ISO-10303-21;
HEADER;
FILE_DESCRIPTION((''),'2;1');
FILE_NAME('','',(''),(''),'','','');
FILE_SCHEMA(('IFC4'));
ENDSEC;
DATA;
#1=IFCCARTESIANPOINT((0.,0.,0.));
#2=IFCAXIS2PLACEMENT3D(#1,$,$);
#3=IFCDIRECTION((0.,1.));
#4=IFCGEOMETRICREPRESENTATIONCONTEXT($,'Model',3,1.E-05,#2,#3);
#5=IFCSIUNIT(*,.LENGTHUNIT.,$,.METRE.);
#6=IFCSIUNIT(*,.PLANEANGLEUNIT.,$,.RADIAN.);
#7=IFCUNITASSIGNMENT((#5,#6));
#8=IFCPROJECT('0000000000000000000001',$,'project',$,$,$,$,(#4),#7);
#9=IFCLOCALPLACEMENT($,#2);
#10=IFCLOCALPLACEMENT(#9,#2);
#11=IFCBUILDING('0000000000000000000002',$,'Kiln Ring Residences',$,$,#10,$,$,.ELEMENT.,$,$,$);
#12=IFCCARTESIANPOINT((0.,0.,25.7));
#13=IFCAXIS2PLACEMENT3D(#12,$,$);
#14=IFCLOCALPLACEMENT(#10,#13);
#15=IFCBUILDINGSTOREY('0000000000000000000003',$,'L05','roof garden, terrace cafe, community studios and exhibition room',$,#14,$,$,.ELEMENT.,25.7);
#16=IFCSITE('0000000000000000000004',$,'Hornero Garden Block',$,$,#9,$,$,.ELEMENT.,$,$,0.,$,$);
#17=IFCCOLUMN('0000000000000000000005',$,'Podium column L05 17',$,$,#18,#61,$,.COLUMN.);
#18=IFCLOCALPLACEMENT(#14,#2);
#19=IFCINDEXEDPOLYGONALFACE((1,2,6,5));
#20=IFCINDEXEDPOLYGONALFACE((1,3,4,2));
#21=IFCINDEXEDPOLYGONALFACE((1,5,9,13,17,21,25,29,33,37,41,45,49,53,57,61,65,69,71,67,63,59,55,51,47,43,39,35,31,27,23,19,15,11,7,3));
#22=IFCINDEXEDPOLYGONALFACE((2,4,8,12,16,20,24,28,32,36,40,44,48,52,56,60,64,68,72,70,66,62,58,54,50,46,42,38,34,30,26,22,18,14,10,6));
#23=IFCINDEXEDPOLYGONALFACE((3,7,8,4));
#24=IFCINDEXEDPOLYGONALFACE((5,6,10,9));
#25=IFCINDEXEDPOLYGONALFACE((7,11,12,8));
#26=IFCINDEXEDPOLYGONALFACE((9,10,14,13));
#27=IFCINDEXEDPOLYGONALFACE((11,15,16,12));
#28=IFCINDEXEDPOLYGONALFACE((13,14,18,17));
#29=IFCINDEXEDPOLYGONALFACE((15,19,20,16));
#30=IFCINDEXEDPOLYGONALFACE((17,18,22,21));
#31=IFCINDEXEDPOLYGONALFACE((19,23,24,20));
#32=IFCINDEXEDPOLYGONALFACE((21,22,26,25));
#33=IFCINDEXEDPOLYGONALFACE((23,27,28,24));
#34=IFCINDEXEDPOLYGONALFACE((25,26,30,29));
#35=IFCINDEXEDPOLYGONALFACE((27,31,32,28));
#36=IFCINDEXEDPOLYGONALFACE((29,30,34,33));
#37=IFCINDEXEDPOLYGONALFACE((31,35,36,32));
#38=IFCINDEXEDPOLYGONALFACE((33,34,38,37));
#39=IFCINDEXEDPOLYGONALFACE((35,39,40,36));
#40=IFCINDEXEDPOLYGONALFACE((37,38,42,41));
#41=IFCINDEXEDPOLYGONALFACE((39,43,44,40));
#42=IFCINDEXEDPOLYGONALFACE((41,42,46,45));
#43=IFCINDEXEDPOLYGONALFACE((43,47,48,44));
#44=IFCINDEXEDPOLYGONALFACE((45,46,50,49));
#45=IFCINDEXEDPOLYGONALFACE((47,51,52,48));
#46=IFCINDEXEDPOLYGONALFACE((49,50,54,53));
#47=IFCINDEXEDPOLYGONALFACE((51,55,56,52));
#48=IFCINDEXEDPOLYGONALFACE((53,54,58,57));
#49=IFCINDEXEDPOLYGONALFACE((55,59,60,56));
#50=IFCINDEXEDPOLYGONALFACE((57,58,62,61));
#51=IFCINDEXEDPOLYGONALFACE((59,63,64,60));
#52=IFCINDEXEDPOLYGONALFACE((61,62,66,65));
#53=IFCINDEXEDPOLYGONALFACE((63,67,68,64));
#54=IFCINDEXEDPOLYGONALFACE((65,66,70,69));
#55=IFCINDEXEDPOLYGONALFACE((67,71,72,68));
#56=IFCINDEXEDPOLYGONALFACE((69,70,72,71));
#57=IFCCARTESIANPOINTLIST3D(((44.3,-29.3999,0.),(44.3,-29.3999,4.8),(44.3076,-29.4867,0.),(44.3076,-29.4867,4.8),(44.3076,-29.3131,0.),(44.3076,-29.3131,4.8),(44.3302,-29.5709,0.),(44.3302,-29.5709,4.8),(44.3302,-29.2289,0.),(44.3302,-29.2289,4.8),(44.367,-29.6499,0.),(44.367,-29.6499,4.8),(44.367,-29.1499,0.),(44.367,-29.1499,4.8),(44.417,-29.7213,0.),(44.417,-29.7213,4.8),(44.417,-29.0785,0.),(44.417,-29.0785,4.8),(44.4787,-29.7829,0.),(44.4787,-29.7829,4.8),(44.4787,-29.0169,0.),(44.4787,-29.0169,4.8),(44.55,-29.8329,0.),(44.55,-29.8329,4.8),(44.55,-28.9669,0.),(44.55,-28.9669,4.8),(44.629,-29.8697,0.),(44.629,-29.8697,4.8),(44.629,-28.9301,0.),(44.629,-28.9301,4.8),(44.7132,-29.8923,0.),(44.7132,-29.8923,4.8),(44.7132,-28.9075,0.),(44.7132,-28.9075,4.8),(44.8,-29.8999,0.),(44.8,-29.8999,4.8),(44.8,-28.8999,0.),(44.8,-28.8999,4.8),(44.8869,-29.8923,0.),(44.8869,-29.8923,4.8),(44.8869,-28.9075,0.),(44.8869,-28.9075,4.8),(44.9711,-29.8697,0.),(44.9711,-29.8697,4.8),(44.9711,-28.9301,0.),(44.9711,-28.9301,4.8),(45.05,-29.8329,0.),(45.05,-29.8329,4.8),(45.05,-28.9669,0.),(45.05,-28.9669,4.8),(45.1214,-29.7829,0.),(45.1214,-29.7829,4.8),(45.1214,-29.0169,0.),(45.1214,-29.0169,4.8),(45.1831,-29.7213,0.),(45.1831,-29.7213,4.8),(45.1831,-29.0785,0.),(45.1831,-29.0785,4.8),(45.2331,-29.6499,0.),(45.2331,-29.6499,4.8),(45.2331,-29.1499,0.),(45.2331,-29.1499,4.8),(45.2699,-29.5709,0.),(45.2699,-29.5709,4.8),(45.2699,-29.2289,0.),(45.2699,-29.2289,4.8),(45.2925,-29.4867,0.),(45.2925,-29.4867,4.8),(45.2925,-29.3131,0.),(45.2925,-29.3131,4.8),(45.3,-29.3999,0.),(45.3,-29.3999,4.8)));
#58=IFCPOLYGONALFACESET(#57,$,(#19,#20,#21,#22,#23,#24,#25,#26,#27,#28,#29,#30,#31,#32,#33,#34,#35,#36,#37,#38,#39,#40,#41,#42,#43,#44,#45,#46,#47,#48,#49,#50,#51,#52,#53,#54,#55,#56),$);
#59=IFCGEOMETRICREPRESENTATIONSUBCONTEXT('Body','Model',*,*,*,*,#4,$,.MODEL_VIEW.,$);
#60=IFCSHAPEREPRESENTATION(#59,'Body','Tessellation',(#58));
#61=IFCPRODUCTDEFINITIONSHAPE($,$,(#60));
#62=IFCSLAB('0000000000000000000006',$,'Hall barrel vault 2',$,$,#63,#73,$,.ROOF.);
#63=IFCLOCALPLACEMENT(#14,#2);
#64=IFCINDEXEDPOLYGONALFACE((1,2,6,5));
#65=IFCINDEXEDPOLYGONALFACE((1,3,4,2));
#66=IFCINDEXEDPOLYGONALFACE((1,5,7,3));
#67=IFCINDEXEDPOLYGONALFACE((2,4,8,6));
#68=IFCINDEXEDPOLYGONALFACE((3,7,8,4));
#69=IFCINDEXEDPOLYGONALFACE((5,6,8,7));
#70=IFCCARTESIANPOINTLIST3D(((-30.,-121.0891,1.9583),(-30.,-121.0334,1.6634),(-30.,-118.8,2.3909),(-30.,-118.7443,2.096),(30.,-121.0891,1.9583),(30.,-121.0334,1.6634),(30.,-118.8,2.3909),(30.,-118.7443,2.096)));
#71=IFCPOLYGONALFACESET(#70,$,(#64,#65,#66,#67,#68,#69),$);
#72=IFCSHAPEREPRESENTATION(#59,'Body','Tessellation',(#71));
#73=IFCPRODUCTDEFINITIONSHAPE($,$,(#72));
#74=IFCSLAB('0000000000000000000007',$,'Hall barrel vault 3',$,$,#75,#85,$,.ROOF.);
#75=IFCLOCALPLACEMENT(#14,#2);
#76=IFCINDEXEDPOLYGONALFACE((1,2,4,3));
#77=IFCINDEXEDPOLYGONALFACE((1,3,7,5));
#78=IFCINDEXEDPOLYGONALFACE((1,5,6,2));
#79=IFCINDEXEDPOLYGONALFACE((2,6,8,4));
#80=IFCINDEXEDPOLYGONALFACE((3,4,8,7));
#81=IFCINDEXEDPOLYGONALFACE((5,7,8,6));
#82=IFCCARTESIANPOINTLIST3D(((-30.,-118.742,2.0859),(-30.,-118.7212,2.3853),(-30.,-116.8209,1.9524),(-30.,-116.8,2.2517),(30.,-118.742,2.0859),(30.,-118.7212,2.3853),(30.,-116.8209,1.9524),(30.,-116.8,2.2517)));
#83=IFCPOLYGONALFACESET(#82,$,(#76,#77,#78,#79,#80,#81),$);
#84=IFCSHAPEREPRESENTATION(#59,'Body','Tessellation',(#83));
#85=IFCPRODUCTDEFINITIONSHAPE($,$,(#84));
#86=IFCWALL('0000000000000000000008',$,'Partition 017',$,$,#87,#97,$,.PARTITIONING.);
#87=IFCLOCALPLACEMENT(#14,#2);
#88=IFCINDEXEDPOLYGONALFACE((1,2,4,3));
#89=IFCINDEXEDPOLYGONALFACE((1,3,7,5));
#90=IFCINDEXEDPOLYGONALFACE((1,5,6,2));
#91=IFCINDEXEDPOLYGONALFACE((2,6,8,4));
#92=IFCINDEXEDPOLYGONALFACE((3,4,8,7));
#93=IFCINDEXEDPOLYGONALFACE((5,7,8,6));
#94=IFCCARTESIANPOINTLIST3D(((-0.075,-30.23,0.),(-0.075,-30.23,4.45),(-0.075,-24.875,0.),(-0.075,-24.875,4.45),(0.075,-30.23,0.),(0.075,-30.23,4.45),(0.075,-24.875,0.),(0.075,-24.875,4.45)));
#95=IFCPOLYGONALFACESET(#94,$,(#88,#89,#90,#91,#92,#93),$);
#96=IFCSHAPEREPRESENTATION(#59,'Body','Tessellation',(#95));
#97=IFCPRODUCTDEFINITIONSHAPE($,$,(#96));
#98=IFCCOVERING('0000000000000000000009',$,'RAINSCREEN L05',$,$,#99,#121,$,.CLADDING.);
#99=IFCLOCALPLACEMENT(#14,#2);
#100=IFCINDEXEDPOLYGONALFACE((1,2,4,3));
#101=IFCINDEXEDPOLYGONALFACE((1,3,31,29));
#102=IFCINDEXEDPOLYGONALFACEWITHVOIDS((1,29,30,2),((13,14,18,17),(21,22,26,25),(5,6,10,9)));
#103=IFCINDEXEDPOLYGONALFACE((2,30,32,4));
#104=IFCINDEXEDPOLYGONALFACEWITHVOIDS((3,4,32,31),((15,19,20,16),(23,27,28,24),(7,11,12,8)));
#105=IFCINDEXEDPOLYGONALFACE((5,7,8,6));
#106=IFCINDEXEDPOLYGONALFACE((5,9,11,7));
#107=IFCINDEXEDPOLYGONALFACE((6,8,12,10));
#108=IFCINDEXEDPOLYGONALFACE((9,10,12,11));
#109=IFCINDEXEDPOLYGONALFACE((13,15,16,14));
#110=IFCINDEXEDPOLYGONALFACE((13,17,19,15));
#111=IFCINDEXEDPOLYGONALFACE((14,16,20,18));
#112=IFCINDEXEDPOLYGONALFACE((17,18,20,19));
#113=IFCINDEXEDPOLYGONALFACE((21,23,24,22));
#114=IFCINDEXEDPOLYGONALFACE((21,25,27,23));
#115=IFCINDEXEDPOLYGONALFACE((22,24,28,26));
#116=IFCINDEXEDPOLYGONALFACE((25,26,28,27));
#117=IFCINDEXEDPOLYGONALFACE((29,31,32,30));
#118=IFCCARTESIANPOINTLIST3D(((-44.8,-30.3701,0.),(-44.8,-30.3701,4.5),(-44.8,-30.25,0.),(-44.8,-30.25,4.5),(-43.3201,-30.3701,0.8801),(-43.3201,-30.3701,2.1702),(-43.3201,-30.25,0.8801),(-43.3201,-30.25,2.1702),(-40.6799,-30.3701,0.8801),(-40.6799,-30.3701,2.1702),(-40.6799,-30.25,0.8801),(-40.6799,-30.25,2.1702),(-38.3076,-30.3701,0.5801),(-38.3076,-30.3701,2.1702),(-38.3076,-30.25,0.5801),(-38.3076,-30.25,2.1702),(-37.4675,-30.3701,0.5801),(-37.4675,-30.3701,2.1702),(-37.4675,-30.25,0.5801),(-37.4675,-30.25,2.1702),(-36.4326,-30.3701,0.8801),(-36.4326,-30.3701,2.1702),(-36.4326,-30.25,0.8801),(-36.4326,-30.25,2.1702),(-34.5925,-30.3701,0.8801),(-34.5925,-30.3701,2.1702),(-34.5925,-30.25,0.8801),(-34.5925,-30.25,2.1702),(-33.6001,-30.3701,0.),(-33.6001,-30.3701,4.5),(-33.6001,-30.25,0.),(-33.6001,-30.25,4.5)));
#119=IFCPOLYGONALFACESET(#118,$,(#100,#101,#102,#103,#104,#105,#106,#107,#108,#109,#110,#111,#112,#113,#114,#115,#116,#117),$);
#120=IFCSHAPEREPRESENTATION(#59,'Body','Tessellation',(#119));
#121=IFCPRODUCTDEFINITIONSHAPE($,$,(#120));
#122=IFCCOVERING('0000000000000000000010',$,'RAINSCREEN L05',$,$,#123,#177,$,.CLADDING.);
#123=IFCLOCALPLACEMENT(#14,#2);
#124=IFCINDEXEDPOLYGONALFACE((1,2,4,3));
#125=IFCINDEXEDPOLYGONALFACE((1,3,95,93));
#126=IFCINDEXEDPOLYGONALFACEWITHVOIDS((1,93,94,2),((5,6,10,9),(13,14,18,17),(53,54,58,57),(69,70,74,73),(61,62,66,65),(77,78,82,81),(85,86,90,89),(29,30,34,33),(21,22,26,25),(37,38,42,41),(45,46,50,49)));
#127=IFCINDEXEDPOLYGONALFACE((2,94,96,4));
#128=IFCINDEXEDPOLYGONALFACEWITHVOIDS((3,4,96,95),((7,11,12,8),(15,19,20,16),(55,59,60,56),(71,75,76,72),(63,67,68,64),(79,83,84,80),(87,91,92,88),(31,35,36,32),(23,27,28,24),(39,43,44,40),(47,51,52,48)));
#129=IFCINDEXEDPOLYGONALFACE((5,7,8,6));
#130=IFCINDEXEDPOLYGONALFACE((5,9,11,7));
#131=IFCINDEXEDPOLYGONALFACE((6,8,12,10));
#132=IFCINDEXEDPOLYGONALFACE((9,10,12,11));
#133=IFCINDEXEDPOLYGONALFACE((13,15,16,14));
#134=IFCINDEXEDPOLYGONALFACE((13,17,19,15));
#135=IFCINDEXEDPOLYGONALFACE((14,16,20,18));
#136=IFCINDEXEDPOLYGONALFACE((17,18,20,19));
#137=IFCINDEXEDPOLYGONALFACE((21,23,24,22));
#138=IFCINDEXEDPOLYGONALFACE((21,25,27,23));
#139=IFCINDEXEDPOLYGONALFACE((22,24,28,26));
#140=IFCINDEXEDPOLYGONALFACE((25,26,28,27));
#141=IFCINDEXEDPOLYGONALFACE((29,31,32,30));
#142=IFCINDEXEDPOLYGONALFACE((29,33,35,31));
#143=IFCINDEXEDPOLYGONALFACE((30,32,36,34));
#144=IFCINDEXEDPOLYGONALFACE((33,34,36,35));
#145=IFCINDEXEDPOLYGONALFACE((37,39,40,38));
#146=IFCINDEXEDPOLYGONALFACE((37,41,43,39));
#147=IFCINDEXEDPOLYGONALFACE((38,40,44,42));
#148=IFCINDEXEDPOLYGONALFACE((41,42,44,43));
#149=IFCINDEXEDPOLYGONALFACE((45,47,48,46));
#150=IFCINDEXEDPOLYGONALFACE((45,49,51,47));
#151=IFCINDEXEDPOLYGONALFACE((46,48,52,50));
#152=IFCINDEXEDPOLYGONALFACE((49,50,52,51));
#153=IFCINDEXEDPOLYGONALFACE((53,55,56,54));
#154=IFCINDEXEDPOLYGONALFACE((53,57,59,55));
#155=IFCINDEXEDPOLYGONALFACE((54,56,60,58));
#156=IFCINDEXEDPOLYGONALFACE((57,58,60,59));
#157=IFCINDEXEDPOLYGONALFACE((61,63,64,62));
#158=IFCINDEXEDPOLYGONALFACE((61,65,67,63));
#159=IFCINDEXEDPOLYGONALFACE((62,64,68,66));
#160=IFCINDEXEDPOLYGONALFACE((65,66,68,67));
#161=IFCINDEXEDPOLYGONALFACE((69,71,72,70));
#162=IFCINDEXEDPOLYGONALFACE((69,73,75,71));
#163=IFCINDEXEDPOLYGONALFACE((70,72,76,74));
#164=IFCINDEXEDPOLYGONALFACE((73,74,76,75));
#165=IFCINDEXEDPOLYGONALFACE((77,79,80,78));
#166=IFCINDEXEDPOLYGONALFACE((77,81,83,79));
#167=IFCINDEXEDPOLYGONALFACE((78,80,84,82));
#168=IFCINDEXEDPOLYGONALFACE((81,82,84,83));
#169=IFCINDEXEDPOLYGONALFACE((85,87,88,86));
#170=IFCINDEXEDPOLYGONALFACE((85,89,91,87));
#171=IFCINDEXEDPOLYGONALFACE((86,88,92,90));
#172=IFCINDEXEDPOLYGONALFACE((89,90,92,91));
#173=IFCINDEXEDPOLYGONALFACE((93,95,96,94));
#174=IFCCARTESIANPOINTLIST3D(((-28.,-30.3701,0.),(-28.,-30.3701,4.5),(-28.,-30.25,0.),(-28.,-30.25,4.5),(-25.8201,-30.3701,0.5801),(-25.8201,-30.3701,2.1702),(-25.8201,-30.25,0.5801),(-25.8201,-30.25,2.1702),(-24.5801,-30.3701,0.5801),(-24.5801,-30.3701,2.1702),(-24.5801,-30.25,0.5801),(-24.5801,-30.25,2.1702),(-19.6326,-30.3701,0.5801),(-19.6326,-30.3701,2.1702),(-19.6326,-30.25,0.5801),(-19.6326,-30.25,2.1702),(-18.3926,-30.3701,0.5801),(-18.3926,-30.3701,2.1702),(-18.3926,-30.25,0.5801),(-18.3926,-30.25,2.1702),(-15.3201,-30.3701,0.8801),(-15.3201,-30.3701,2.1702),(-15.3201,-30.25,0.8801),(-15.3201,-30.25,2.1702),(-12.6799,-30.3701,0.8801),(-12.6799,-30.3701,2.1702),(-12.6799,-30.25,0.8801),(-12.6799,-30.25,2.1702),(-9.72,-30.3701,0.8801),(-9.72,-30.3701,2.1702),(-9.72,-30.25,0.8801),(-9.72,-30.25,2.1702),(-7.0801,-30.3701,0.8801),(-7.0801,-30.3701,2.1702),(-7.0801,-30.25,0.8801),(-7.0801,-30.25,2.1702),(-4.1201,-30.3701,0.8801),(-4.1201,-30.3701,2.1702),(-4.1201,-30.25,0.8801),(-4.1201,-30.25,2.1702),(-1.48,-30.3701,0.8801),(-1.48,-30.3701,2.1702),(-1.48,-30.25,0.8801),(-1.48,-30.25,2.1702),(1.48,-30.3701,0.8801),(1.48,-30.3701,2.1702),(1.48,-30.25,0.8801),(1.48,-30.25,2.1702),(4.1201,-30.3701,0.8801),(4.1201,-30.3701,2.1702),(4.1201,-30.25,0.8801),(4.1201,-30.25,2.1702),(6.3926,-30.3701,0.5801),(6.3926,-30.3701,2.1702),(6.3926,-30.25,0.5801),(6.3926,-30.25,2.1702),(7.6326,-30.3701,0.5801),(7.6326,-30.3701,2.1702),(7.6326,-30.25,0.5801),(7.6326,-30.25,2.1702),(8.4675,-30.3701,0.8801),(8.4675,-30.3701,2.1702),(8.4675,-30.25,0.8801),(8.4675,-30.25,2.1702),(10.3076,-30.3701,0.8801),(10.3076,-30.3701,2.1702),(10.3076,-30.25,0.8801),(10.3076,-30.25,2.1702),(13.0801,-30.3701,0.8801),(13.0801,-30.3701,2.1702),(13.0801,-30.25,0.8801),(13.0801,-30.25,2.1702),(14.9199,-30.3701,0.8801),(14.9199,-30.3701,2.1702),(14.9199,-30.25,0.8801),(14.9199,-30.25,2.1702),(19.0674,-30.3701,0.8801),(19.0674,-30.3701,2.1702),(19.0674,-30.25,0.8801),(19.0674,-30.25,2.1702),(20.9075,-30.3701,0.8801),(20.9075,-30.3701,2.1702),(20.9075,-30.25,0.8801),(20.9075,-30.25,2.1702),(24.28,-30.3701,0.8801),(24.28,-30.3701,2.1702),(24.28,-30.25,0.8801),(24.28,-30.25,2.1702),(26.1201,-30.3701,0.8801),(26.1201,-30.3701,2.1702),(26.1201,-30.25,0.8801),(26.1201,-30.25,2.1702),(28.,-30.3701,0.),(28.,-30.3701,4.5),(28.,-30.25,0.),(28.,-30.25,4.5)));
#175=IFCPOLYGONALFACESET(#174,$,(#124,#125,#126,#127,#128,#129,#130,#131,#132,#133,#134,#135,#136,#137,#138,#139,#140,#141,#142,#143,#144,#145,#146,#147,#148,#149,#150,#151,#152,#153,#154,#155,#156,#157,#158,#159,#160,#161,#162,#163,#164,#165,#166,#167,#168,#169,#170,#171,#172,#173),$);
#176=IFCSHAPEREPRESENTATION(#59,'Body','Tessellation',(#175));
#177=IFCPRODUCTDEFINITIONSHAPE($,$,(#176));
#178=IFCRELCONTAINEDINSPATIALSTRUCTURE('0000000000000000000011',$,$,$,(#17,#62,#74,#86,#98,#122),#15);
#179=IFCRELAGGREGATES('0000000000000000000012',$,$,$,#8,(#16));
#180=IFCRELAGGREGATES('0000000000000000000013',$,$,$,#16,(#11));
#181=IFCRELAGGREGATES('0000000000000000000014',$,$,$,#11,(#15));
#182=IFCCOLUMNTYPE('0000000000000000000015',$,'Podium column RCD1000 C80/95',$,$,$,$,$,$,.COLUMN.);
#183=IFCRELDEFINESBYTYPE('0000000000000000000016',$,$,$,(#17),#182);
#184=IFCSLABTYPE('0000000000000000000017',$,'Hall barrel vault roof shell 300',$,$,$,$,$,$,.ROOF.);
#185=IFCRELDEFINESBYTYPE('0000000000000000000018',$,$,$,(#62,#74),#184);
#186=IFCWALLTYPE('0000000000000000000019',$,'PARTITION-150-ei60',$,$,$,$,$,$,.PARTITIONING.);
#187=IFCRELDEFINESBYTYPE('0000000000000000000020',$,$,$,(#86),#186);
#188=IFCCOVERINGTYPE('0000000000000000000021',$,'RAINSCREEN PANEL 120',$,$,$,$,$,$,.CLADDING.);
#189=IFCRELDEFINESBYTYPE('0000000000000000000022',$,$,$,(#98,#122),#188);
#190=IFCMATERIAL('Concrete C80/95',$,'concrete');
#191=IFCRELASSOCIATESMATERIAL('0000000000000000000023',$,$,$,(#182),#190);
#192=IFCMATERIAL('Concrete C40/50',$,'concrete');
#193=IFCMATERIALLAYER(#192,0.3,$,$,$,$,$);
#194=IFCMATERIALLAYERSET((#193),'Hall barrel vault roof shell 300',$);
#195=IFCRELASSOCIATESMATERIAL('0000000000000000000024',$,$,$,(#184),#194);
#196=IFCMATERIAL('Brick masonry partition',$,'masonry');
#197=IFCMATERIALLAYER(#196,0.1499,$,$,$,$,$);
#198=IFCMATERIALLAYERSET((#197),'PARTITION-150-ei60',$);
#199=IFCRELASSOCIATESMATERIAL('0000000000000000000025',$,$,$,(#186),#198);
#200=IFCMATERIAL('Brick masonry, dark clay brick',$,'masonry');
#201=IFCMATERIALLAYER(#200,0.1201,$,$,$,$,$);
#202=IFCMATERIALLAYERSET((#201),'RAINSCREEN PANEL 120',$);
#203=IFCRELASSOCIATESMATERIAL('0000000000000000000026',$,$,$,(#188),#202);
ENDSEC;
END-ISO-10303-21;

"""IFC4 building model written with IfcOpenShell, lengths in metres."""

from ifc_helpers import new_model, si_unit, direction, frame, frame_2d, origin, origin_2d, place, context, subcontext, project, spatial, polyline, rectangle, circle, outline, extrude, material, layer, layer_set, material_profile, profile_set, type_object, element, save


model = new_model("IFC4")

# Units and contexts
model_context = context("Model", 3, precision=1e-05, world=origin(), true_north=direction((0.0, 1.0)))
body_context = subcontext(model_context, "Body", "Model", "MODEL_VIEW")
ifc_project = project(units=[si_unit("LENGTHUNIT", "METRE"), si_unit("PLANEANGLEUNIT", "RADIAN")], contexts=[model_context])

# Site, building, storey
site_placement = place(None, origin())
site = spatial("IfcSite", under=ifc_project, at=site_placement, Name="Hornero Garden Block", CompositionType="ELEMENT", RefElevation=0.0)
building_placement = place(site_placement, origin())
building = spatial("IfcBuilding", under=site, at=building_placement, Name="Kiln Ring Residences", CompositionType="ELEMENT")
storey_placement = place(building_placement, frame((0.0, 0.0, 25.7)))
storey = spatial("IfcBuildingStorey", under=building, at=storey_placement, Name="L05", Description="roof garden, terrace cafe, community studios and exhibition room", CompositionType="ELEMENT", Elevation=25.7)

# Column
ifc_material_1 = material(Name="Concrete C80/95", Category="concrete")
ifc_material_profile = material_profile(ifc_material_1, circle(Radius=0.5, at=origin_2d()), Name="RCD1000")
ifc_profile_set = profile_set([ifc_material_profile], Name="Concrete C80/95")
column_type = type_object("IfcColumnType", Name="Podium column RCD1000 C80/95", PredefinedType="COLUMN", material=ifc_profile_set)
for number, where, z_axis, x_axis, name in (
    (1, (44.8, -29.3999, 0.0), (0.0, 0.0, 1.0), (1.0, 0.0, 0.0), "Podium column L05 17"),
):
    element("IfcColumn", number, at=place(storey_placement, frame(where, z_axis=z_axis, x_axis=x_axis)), inside=storey, type_object=column_type, Name=name, PredefinedType="COLUMN", context=body_context, shape_type="SweptSolid", body=[
        extrude(circle(Radius=0.5, at=origin_2d()), origin(), (0.0, 0.0, 1.0), 4.8),
    ])

# Slabs
ifc_material_2 = material(Name="Concrete C40/50", Category="concrete")
ifc_layer_1 = layer(ifc_material_2, 0.3)
ifc_layer_set_1 = layer_set([ifc_layer_1], Name="Hall barrel vault roof shell 300")
slab_type = type_object("IfcSlabType", Name="Hall barrel vault roof shell 300", PredefinedType="ROOF", material=ifc_layer_set_1)
slab_1_placement = place(storey_placement, frame((-30.0, -121.0891, 1.9583), z_axis=(0.0, -0.185706, 0.982605), x_axis=(1.0, 0.0, 0.0)))
element("IfcSlab", 2, at=slab_1_placement, inside=storey, type_object=slab_type, Name="Hall barrel vault 2", PredefinedType="ROOF", context=body_context, shape_type="SweptSolid", body=[
    extrude(outline(polyline([(0.0, 0.0), (60.0, 0.0), (60.0, 2.3296), (0.0, 2.3296), (0.0, 0.0)])), origin(), (0.0, 0.0, -1.0), 0.3),
])
slab_2_placement = place(storey_placement, frame((-30.0, -118.7212, 2.3853), z_axis=(0.0, 0.069346, 0.997593), x_axis=(1.0, 0.0, 0.0)))
element("IfcSlab", 3, at=slab_2_placement, inside=storey, type_object=slab_type, Name="Hall barrel vault 3", PredefinedType="ROOF", context=body_context, shape_type="SweptSolid", body=[
    extrude(outline(polyline([(0.0, 0.0), (60.0, 0.0), (60.0, 1.9258), (0.0, 1.9258), (0.0, 0.0)])), origin(), (0.0, 0.0, -1.0), 0.3),
])

# Wall
ifc_material_3 = material(Name="Brick masonry partition", Category="masonry")
ifc_layer_2 = layer(ifc_material_3, 0.1499)
ifc_layer_set_2 = layer_set([ifc_layer_2], Name="PARTITION-150-ei60")
wall_type = type_object("IfcWallType", Name="PARTITION-150-ei60", PredefinedType="PARTITIONING", material=ifc_layer_set_2)
wall_placement = place(storey_placement, frame((0.0, -30.23, 0.0), z_axis=(0.0, 0.0, 1.0), x_axis=(0.0, 1.0, 0.0)))
element("IfcWall", 4, at=wall_placement, inside=storey, type_object=wall_type, Name="Partition 017", PredefinedType="PARTITIONING", context=body_context, shape_type="SweptSolid", body=[
    extrude(rectangle(XDim=5.355, YDim=0.1499, at=frame_2d((2.6775, 0.0))), origin(), (0.0, 0.0, 1.0), 4.45),
])

# Coverings
ifc_material_4 = material(Name="Brick masonry, dark clay brick", Category="masonry")
ifc_layer_3 = layer(ifc_material_4, 0.1201)
ifc_layer_set_3 = layer_set([ifc_layer_3], Name="RAINSCREEN PANEL 120")
covering_type = type_object("IfcCoveringType", Name="RAINSCREEN PANEL 120", PredefinedType="CLADDING", material=ifc_layer_set_3)
covering_1_placement = place(storey_placement, frame((-44.8, -30.3101, 0.0), z_axis=(0.0, 0.0, 1.0), x_axis=(1.0, 0.0, 0.0)))
element("IfcCovering", 5, at=covering_1_placement, inside=storey, type_object=covering_type, Name="RAINSCREEN L05", PredefinedType="CLADDING", context=body_context, shape_type="SweptSolid", body=[
    extrude(outline(polyline([(0.0, 0.0), (11.2, 0.0), (11.2, 4.5), (0.0, 4.5), (0.0, 0.0)]), holes=[polyline([(7.3325, 2.1702), (6.4924, 2.1702), (6.4924, 0.5801), (7.3325, 0.5801), (7.3325, 2.1702)]), polyline([(4.1201, 0.8801), (4.1201, 2.1702), (1.48, 2.1702), (1.48, 0.8801), (4.1201, 0.8801)]), polyline([(10.2075, 0.8801), (10.2075, 2.1702), (8.3674, 2.1702), (8.3674, 0.8801), (10.2075, 0.8801)])]), frame((0.0, 0.0601, 0.0), z_axis=(0.0, -1.0, 0.0), x_axis=(1.0, 0.0, 0.0)), (0.0, 0.0, 1.0), 0.1201),
])
covering_2_placement = place(storey_placement, frame((-28.0, -30.3101, 0.0), z_axis=(0.0, 0.0, 1.0), x_axis=(1.0, 0.0, 0.0)))
element("IfcCovering", 6, at=covering_2_placement, inside=storey, type_object=covering_type, Name="RAINSCREEN L05", PredefinedType="CLADDING", context=body_context, shape_type="SweptSolid", body=[
    extrude(outline(polyline([(0.0, 0.0), (56.0, 0.0), (56.0, 4.5), (0.0, 4.5), (0.0, 0.0)]), holes=[polyline([(2.1799, 0.5801), (3.4199, 0.5801), (3.4199, 2.1702), (2.1799, 2.1702), (2.1799, 0.5801)]), polyline([(8.3674, 0.5801), (9.6074, 0.5801), (9.6074, 2.1702), (8.3674, 2.1702), (8.3674, 0.5801)]), polyline([(12.6799, 0.8801), (15.3201, 0.8801), (15.3201, 2.1702), (12.6799, 2.1702), (12.6799, 0.8801)]), polyline([(18.28, 2.1702), (18.28, 0.8801), (20.9199, 0.8801), (20.9199, 2.1702), (18.28, 2.1702)]), polyline([(23.8799, 2.1702), (23.8799, 0.8801), (26.52, 0.8801), (26.52, 2.1702), (23.8799, 2.1702)]), polyline([(29.48, 0.8801), (32.1201, 0.8801), (32.1201, 2.1702), (29.48, 2.1702), (29.48, 0.8801)]), polyline([(34.3926, 2.1702), (34.3926, 0.5801), (35.6326, 0.5801), (35.6326, 2.1702), (34.3926, 2.1702)]), polyline([(36.4675, 2.1702), (36.4675, 0.8801), (38.3076, 0.8801), (38.3076, 2.1702), (36.4675, 2.1702)]), polyline([(41.0801, 0.8801), (42.9199, 0.8801), (42.9199, 2.1702), (41.0801, 2.1702), (41.0801, 0.8801)]), polyline([(47.0674, 2.1702), (47.0674, 0.8801), (48.9075, 0.8801), (48.9075, 2.1702), (47.0674, 2.1702)]), polyline([(52.28, 2.1702), (52.28, 0.8801), (54.1201, 0.8801), (54.1201, 2.1702), (52.28, 2.1702)])]), frame((0.0, 0.0601, 0.0), z_axis=(0.0, -1.0, 0.0), x_axis=(1.0, 0.0, 0.0)), (0.0, 0.0, 1.0), 0.1201),
])

save(model, "model.ifc")
